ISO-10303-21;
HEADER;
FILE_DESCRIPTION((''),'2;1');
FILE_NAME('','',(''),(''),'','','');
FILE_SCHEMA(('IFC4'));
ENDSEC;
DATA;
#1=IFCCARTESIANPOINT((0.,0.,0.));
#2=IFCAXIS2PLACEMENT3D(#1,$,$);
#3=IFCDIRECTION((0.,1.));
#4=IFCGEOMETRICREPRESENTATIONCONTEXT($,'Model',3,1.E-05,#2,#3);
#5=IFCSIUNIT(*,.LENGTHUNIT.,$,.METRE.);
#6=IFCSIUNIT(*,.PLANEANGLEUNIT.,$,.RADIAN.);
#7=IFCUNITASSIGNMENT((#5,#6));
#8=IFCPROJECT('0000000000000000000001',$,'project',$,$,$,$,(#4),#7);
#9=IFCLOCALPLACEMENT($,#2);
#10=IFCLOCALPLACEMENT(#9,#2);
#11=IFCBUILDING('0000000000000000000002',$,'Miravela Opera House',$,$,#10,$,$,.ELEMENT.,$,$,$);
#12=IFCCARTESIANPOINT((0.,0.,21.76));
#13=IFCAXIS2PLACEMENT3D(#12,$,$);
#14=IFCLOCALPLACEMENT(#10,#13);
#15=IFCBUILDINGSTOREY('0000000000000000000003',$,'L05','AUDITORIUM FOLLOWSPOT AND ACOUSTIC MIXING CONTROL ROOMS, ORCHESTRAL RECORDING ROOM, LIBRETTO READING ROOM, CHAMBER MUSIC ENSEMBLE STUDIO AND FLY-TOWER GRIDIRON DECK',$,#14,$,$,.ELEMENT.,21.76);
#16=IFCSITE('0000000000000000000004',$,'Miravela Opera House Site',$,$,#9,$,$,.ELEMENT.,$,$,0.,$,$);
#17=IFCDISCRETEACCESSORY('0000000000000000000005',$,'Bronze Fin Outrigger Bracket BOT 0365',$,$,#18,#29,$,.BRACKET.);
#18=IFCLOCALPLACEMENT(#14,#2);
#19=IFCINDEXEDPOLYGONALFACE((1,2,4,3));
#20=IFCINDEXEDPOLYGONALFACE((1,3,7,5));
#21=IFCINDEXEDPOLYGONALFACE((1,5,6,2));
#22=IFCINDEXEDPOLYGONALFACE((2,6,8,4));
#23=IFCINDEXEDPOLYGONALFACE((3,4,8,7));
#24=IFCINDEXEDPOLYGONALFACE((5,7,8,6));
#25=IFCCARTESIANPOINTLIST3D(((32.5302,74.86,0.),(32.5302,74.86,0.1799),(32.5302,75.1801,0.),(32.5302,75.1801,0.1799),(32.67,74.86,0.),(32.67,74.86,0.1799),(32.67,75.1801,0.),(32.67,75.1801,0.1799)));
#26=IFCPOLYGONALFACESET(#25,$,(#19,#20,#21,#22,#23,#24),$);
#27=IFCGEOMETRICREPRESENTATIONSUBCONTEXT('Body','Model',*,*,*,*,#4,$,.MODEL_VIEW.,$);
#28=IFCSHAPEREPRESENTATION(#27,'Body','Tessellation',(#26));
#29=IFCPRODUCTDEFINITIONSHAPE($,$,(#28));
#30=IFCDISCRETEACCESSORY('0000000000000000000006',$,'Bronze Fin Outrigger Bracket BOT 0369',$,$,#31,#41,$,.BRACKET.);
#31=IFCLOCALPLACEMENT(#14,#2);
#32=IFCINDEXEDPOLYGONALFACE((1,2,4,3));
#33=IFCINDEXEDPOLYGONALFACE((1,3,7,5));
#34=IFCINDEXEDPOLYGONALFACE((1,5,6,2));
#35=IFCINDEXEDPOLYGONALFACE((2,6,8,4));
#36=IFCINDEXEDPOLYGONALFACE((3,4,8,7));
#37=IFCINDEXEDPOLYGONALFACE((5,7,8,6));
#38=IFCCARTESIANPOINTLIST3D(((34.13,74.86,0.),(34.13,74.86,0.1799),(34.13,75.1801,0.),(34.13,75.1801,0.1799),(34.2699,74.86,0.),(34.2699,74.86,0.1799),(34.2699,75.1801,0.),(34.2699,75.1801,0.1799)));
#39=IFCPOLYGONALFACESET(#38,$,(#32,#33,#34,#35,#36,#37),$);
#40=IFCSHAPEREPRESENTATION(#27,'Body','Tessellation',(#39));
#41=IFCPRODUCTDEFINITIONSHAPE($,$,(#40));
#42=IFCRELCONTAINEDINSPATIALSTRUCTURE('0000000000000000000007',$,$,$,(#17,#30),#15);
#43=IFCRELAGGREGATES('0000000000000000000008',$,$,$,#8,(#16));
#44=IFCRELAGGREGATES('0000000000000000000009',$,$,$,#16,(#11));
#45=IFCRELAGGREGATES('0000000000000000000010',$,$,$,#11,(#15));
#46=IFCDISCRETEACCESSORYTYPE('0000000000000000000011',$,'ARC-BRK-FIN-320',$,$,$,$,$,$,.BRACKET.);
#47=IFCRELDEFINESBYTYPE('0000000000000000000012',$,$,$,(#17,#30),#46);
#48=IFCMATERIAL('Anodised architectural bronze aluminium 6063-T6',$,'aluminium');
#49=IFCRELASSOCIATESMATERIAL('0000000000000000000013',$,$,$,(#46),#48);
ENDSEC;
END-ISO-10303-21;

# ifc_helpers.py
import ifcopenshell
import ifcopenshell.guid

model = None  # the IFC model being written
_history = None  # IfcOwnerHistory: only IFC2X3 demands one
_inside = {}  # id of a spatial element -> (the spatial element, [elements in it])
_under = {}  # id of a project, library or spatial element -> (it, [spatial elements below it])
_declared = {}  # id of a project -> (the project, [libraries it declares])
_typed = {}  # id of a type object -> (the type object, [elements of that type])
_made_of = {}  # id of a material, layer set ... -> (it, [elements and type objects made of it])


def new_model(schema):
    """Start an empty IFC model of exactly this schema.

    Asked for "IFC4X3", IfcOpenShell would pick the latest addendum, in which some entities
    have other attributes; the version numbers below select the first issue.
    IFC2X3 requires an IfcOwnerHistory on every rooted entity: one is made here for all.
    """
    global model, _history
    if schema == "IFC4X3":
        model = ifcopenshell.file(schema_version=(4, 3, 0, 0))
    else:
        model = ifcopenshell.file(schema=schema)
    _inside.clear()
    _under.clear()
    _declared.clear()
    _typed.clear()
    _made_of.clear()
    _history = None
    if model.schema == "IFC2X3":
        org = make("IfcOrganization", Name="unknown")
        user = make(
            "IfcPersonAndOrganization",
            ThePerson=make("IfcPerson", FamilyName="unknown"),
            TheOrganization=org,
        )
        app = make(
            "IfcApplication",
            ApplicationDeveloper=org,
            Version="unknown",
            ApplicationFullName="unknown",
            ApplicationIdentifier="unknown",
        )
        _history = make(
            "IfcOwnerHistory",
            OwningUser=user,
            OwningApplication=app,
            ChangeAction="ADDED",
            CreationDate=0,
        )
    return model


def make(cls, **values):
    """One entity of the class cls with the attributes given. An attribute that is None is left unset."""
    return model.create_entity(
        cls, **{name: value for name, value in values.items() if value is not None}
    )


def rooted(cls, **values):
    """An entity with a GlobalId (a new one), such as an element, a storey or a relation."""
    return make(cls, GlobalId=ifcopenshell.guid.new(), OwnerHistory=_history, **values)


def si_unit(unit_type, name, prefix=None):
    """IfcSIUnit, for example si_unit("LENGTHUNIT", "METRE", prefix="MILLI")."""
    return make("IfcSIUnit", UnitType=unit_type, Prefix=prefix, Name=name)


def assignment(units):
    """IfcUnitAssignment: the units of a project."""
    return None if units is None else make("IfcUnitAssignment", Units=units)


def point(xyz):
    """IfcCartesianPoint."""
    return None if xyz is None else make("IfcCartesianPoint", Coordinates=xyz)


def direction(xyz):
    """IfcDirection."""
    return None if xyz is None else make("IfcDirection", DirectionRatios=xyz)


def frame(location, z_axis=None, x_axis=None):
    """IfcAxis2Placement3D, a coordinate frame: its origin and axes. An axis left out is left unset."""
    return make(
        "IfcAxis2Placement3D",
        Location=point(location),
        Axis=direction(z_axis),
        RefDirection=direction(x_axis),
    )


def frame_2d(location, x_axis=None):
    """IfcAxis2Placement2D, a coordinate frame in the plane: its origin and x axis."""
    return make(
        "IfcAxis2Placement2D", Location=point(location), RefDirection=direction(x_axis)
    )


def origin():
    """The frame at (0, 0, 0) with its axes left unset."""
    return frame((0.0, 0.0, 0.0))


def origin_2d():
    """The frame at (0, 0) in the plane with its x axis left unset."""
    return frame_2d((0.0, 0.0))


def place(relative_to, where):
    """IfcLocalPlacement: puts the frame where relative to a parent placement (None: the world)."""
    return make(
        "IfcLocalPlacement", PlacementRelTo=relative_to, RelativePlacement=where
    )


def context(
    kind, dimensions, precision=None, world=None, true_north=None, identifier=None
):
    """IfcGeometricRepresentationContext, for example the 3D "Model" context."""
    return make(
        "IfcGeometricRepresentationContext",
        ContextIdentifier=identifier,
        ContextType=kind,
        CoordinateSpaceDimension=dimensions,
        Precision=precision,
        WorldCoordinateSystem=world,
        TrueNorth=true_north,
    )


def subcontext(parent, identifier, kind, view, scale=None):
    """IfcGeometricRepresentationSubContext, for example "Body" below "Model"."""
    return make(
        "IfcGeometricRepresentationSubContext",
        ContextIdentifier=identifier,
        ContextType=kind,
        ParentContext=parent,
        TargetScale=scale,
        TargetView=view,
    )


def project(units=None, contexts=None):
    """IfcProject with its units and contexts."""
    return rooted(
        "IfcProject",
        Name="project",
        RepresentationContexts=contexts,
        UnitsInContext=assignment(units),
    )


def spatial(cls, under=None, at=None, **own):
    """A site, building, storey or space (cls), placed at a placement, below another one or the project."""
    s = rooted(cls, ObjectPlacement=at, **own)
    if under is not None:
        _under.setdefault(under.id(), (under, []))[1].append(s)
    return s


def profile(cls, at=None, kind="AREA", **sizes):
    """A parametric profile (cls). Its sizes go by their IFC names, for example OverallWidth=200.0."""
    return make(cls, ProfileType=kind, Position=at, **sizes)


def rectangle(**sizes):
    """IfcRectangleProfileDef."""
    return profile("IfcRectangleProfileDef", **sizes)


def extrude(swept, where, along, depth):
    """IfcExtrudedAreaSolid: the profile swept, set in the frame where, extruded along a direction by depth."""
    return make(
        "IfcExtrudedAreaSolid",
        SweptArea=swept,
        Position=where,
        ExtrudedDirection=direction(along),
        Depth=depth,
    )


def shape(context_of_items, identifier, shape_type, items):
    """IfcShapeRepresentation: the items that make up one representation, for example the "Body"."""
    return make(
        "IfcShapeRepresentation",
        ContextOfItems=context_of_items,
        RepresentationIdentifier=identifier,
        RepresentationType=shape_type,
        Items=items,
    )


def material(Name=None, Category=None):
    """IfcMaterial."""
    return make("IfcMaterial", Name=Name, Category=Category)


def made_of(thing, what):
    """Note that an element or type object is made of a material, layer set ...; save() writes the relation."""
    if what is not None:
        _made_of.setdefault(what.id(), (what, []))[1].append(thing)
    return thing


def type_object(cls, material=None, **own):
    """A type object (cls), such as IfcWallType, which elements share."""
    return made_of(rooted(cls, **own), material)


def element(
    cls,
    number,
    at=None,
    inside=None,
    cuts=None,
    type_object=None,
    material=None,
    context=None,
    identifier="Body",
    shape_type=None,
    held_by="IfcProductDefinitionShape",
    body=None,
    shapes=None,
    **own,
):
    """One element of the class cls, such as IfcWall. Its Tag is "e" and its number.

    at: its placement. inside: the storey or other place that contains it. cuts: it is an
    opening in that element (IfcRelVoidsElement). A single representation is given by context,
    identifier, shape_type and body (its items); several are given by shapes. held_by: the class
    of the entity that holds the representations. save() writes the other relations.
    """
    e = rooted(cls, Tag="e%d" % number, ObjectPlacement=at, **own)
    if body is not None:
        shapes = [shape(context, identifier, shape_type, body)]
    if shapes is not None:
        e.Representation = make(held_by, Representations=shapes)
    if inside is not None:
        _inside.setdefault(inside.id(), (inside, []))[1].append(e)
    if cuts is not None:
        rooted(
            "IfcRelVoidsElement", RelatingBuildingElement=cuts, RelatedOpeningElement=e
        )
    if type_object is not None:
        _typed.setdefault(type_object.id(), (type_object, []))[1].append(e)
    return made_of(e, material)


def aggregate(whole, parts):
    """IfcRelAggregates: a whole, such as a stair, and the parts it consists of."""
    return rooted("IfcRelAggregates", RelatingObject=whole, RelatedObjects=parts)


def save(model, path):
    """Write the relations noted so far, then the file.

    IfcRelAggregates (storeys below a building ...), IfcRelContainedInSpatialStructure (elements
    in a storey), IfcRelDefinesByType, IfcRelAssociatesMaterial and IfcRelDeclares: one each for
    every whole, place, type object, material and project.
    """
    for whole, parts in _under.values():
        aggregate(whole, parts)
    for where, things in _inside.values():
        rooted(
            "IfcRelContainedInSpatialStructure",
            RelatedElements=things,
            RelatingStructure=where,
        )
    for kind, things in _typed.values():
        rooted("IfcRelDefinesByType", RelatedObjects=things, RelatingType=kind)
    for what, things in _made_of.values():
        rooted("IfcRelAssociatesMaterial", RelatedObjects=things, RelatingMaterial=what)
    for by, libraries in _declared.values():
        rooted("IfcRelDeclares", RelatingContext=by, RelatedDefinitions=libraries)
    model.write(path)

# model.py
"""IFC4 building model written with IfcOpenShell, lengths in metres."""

from ifc_helpers import new_model, si_unit, direction, frame, origin, origin_2d, place, context, subcontext, project, spatial, rectangle, extrude, material, type_object, element, save


model = new_model("IFC4")

# Units and contexts
model_context = context("Model", 3, precision=1e-05, world=origin(), true_north=direction((0.0, 1.0)))
body_context = subcontext(model_context, "Body", "Model", "MODEL_VIEW")
ifc_project = project(units=[si_unit("LENGTHUNIT", "METRE"), si_unit("PLANEANGLEUNIT", "RADIAN")], contexts=[model_context])

# Site, building, storey
site_placement = place(None, origin())
site = spatial("IfcSite", under=ifc_project, at=site_placement, Name="Miravela Opera House Site", CompositionType="ELEMENT", RefElevation=0.0)
building_placement = place(site_placement, origin())
building = spatial("IfcBuilding", under=site, at=building_placement, Name="Miravela Opera House", CompositionType="ELEMENT")
storey_placement = place(building_placement, frame((0.0, 0.0, 21.76)))
storey = spatial("IfcBuildingStorey", under=building, at=storey_placement, Name="L05", Description="AUDITORIUM FOLLOWSPOT AND ACOUSTIC MIXING CONTROL ROOMS, ORCHESTRAL RECORDING ROOM, LIBRETTO READING ROOM, CHAMBER MUSIC ENSEMBLE STUDIO AND FLY-TOWER GRIDIRON DECK", CompositionType="ELEMENT", Elevation=21.76)

# Shared definitions
ifc_material_1 = material(Name="Anodised architectural bronze aluminium 6063-T6", Category="aluminium")

# Discrete accessories
discrete_accessory_type = type_object("IfcDiscreteAccessoryType", Name="ARC-BRK-FIN-320", PredefinedType="BRACKET", material=ifc_material_1)
for number, where, z_axis, x_axis, name in (
    (1, (32.6001, 75.02, 0.0), (0.0, 0.0, 1.0), (0.0, 1.0, 0.0), "Bronze Fin Outrigger Bracket BOT 0365"),
    (2, (34.2, 75.02, 0.0), (0.0, 0.0, 1.0), (0.0, 1.0, 0.0), "Bronze Fin Outrigger Bracket BOT 0369"),
):
    element("IfcDiscreteAccessory", number, at=place(storey_placement, frame(where, z_axis=z_axis, x_axis=x_axis)), inside=storey, type_object=discrete_accessory_type, Name=name, PredefinedType="BRACKET", context=body_context, shape_type="SweptSolid", body=[
        extrude(rectangle(XDim=0.3201, YDim=0.1399, at=origin_2d()), origin(), (0.0, 0.0, 1.0), 0.1799),
    ])

save(model, "model.ifc")
